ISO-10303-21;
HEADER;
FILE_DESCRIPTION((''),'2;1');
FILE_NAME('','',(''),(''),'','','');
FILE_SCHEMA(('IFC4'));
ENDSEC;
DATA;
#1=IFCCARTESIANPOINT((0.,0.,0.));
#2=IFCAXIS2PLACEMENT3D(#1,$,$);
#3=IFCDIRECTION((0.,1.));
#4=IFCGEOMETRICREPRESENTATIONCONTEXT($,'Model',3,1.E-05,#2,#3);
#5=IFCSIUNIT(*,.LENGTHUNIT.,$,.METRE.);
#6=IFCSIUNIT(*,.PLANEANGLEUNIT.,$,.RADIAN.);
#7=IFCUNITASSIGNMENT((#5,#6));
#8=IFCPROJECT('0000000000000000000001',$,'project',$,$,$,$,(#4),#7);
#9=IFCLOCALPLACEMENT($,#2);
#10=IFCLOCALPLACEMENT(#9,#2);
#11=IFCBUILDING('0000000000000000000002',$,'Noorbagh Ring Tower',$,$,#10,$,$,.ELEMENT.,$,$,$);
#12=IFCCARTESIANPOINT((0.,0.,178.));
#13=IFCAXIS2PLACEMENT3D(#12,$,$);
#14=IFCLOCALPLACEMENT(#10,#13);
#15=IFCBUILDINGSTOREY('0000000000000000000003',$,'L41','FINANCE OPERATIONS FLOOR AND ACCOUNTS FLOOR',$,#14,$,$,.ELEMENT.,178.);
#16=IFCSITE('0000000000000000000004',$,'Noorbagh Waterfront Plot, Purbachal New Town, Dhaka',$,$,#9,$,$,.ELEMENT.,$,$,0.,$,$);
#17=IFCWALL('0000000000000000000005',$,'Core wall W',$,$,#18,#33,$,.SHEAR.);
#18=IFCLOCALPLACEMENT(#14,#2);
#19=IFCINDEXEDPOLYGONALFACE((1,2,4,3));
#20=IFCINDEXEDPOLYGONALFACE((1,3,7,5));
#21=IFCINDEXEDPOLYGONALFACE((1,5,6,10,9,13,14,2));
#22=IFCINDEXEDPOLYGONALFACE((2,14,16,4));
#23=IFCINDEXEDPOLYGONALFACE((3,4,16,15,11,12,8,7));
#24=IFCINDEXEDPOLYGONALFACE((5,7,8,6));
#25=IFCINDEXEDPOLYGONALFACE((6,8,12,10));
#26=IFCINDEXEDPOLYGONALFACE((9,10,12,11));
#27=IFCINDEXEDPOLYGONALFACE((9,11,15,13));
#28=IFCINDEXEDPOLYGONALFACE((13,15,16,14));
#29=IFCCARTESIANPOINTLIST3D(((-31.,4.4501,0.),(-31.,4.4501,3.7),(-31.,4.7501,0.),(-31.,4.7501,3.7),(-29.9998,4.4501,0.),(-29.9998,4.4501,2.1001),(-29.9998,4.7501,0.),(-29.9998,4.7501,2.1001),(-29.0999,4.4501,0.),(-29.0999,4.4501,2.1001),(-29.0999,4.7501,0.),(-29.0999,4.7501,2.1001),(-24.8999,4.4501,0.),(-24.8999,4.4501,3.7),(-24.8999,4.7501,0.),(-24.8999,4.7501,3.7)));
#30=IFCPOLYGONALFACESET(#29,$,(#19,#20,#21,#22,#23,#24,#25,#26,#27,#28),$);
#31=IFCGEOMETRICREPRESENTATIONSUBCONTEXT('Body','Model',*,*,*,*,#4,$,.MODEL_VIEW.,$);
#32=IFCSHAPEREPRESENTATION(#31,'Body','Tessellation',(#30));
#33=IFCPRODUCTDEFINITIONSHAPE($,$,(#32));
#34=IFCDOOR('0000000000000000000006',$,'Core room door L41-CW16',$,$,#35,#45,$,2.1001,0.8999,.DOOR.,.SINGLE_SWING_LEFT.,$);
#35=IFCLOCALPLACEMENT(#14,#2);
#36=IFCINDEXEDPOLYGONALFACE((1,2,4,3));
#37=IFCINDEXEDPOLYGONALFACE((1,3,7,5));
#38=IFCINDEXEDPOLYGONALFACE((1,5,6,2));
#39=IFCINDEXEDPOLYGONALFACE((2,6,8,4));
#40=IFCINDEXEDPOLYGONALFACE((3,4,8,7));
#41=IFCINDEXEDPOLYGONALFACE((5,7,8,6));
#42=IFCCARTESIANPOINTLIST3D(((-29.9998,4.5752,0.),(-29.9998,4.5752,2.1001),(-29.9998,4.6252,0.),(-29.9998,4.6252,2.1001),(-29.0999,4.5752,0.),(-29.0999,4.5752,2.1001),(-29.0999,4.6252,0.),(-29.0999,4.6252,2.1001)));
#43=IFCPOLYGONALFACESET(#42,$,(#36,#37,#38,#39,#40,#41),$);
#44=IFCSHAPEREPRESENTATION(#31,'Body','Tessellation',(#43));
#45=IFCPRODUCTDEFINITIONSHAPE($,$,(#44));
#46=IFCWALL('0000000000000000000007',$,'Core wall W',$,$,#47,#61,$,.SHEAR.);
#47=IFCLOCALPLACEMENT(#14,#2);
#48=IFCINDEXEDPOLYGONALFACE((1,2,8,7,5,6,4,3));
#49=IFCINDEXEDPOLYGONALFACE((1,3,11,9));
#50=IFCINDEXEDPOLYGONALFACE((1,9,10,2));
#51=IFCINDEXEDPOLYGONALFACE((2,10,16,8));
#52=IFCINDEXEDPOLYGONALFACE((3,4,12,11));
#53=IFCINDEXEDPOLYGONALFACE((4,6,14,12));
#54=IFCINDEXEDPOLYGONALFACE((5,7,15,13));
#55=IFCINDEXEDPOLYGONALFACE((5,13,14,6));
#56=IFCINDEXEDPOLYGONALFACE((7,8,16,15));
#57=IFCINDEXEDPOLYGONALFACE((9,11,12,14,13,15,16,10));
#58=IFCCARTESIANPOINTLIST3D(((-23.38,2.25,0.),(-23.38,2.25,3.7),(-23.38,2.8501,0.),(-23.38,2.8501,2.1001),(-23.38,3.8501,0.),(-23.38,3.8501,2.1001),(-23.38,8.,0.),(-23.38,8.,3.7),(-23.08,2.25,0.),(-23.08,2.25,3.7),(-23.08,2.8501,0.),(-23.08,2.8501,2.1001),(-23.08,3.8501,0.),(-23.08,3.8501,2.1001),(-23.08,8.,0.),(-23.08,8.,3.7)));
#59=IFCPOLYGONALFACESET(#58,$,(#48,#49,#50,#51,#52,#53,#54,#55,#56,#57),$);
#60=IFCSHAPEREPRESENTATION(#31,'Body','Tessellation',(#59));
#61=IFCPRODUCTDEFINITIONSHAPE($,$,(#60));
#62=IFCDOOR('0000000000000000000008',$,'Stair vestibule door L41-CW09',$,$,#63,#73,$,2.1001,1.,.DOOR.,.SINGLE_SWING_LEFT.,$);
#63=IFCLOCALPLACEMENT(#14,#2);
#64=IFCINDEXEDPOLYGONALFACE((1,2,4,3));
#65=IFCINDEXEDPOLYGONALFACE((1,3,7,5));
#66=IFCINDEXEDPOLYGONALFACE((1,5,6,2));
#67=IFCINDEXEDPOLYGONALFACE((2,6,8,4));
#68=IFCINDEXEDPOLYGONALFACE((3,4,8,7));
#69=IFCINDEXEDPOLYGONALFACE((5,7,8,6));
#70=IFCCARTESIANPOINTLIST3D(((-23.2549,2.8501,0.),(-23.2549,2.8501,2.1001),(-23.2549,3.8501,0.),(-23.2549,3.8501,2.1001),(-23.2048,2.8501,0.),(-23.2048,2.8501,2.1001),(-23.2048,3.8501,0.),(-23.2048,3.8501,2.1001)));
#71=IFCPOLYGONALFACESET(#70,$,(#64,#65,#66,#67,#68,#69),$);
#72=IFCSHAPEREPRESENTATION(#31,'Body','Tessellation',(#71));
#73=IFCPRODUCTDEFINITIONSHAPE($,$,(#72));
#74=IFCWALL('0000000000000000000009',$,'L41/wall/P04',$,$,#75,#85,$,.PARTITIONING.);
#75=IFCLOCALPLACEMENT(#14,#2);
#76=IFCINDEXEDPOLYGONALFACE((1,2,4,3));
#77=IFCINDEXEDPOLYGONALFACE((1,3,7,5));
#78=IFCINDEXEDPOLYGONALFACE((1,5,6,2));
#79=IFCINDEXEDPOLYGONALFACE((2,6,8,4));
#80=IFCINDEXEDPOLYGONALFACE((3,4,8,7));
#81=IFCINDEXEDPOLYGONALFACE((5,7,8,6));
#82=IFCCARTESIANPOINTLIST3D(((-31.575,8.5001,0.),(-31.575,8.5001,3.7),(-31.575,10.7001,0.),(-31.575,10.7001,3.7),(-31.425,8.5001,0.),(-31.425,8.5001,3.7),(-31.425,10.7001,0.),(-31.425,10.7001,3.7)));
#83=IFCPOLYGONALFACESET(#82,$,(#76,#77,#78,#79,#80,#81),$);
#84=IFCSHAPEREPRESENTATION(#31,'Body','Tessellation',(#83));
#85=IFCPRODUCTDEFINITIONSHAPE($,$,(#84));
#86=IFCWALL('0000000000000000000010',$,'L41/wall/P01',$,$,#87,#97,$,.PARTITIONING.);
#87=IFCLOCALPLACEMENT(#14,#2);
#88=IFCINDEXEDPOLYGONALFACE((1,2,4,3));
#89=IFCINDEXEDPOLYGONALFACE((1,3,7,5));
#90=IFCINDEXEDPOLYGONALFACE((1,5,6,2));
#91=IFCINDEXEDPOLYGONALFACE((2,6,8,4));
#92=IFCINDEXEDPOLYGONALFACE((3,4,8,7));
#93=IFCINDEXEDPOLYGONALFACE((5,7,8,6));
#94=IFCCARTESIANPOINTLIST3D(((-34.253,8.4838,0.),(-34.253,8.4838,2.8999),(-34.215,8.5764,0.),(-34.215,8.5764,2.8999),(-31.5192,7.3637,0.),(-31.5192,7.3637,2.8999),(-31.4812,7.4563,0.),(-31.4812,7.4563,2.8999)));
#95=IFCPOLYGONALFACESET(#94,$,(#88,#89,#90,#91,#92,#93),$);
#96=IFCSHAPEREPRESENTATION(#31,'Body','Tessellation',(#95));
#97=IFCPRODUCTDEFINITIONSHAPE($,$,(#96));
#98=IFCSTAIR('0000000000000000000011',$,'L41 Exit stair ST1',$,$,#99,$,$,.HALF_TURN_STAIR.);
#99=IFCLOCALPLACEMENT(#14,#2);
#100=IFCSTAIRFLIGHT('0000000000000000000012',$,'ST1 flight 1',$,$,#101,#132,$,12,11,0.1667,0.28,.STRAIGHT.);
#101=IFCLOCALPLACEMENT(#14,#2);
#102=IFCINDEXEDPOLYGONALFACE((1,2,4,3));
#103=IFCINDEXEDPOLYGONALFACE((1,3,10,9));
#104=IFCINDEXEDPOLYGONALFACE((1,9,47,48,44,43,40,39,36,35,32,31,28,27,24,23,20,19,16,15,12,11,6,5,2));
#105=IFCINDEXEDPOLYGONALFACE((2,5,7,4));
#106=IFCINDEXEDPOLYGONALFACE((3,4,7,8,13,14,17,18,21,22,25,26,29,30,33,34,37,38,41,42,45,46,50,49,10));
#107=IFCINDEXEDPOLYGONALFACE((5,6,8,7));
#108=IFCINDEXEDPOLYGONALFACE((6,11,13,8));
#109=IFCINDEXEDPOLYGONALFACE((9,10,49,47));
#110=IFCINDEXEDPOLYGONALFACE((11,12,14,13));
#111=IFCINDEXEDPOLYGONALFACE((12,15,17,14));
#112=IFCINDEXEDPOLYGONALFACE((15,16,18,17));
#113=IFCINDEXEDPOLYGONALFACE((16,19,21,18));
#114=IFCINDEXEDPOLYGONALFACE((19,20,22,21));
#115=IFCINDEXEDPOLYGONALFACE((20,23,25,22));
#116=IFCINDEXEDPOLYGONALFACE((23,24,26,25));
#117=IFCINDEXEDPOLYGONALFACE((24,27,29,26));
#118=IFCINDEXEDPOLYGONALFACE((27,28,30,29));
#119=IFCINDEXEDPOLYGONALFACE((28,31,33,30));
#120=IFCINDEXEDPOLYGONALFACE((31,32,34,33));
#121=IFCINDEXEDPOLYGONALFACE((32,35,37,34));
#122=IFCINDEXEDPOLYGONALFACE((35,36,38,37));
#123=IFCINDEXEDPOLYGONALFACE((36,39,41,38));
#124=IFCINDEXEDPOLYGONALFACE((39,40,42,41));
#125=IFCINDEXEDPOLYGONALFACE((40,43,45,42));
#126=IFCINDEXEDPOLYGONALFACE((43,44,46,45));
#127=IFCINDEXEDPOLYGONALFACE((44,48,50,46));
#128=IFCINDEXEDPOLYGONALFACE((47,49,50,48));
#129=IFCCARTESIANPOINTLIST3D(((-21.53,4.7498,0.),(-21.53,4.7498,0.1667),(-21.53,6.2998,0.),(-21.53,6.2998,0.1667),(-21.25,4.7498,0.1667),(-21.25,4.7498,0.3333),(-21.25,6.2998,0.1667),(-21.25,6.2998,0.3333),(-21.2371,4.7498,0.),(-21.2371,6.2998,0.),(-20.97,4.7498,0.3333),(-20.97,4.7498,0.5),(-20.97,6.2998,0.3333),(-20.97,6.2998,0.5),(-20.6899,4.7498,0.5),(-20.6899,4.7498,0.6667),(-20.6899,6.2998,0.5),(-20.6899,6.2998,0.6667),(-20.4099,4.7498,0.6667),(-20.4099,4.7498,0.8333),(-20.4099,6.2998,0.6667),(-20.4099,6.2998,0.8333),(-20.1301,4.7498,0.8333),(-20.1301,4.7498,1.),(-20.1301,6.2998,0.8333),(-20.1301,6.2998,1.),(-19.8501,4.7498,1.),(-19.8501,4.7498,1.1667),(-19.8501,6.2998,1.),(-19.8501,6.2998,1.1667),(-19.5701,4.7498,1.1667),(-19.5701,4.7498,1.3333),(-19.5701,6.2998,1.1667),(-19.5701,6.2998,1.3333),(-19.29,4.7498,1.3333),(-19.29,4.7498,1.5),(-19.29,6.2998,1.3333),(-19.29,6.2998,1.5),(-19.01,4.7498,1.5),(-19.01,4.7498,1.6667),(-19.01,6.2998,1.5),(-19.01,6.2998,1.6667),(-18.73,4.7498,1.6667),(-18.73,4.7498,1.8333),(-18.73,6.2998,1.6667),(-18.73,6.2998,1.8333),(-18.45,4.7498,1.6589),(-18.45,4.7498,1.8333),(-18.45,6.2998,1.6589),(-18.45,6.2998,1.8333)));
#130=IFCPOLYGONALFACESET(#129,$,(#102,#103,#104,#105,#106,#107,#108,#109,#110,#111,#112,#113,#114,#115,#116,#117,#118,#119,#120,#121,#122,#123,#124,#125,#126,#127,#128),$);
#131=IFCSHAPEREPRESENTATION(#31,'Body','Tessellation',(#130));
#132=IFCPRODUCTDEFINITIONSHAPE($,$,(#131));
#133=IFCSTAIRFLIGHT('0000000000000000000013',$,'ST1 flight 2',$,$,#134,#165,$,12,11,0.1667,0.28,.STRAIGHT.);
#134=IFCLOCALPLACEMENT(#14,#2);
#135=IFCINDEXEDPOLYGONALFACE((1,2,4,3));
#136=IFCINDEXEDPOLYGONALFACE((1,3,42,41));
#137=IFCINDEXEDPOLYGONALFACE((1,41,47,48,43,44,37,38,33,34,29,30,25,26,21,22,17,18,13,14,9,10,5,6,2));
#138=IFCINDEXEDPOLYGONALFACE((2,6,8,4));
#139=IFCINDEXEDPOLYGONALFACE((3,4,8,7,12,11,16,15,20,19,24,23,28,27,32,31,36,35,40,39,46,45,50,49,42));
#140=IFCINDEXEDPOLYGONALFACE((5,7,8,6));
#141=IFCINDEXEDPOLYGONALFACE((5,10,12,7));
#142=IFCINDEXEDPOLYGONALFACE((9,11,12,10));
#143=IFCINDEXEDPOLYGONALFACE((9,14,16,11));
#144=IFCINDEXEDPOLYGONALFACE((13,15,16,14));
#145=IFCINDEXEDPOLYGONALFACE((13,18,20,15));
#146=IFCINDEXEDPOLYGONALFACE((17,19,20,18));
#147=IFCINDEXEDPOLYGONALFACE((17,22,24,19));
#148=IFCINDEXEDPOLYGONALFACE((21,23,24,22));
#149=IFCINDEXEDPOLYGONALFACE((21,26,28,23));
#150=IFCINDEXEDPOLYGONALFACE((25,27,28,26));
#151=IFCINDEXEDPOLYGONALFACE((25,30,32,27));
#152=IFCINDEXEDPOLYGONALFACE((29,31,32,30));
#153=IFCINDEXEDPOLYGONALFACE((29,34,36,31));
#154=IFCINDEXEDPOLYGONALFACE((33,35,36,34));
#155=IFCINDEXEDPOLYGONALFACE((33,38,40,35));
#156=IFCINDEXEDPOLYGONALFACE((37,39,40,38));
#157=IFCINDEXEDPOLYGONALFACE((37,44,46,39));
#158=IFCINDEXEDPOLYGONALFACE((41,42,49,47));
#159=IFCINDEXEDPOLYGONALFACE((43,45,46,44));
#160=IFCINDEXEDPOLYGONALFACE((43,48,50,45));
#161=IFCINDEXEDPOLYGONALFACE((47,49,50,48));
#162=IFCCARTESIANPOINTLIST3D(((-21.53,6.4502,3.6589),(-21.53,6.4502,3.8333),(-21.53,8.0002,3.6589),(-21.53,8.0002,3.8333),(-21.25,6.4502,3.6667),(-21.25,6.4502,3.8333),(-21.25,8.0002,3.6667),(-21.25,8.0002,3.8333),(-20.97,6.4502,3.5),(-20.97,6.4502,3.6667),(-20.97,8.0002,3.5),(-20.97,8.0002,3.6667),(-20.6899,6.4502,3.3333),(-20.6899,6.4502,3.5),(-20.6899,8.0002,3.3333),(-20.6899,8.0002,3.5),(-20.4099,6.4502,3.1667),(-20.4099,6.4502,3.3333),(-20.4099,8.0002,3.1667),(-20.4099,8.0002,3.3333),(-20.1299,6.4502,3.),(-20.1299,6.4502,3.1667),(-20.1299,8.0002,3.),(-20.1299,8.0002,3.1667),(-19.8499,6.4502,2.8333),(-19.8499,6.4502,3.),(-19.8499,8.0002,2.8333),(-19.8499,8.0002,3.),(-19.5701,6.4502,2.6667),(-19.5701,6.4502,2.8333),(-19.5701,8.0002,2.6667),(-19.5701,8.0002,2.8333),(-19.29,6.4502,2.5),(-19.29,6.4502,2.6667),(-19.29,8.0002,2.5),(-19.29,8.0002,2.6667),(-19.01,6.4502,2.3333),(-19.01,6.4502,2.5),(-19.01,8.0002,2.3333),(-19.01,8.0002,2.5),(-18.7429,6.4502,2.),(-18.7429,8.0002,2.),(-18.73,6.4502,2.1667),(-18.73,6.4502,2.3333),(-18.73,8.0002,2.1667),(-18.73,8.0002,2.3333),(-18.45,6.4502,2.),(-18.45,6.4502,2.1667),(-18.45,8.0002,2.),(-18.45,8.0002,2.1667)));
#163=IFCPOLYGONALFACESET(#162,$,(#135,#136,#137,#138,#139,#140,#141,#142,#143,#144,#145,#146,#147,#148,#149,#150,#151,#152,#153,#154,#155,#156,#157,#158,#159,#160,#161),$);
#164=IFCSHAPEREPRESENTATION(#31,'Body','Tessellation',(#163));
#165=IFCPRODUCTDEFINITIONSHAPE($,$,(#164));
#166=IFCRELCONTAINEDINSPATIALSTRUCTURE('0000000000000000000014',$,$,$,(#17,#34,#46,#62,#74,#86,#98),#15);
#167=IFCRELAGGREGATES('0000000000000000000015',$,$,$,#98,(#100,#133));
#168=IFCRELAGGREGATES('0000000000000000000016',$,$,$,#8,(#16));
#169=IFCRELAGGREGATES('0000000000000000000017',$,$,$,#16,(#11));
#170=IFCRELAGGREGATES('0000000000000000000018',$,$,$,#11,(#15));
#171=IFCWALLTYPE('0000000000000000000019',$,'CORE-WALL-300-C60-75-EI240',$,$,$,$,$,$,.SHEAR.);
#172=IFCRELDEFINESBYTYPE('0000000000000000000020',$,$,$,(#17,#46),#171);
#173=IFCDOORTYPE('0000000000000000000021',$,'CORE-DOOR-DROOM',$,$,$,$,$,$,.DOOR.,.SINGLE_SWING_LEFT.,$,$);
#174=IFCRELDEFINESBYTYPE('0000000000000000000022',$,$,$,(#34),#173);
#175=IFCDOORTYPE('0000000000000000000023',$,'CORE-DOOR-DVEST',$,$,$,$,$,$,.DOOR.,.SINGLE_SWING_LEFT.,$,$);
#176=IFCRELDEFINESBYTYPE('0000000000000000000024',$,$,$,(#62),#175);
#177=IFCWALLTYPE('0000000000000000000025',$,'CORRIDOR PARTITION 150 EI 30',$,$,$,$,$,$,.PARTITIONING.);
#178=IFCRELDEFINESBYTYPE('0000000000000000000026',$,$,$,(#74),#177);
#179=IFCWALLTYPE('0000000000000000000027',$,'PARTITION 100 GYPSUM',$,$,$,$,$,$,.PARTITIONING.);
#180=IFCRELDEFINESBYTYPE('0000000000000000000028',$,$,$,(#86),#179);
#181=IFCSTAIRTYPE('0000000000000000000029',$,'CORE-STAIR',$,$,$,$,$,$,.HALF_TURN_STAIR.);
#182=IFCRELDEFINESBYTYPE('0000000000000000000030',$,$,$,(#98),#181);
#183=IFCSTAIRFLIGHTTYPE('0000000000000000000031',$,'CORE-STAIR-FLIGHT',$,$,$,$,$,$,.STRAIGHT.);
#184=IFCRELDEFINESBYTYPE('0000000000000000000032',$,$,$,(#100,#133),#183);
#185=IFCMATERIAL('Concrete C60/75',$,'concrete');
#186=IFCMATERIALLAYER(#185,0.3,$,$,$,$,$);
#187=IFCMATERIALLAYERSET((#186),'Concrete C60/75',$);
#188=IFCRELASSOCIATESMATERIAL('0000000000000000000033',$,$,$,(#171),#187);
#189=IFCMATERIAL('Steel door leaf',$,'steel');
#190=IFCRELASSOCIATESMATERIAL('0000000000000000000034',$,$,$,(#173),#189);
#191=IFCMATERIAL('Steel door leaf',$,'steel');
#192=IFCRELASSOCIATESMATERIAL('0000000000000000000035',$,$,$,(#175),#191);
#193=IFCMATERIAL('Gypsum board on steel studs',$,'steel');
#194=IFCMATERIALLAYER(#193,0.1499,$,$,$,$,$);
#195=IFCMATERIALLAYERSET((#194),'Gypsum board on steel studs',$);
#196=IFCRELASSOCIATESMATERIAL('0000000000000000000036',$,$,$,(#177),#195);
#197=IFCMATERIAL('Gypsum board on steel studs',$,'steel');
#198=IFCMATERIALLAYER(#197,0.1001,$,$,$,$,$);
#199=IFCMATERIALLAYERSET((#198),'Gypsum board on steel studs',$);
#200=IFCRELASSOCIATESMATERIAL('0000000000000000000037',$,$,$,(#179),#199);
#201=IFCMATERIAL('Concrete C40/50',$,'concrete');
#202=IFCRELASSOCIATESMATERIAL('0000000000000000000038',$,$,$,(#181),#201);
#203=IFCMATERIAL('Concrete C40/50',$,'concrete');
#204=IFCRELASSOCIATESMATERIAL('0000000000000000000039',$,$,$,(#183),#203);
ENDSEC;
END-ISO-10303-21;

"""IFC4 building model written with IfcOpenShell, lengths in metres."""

from ifc_helpers import new_model, si_unit, direction, frame, frame_2d, origin, place, context, subcontext, project, spatial, polyline, rectangle, outline, extrude, material, layer, layer_set, type_object, element, fill, aggregate, save


model = new_model("IFC4")

# Units and contexts
model_context = context("Model", 3, precision=1e-05, world=origin(), true_north=direction((0.0, 1.0)))
body_context = subcontext(model_context, "Body", "Model", "MODEL_VIEW")
ifc_project = project(units=[si_unit("LENGTHUNIT", "METRE"), si_unit("PLANEANGLEUNIT", "RADIAN")], contexts=[model_context])

# Site, building, storey
site_placement = place(None, origin())
site = spatial("IfcSite", under=ifc_project, at=site_placement, Name="Noorbagh Waterfront Plot, Purbachal New Town, Dhaka", CompositionType="ELEMENT", RefElevation=0.0)
building_placement = place(site_placement, origin())
building = spatial("IfcBuilding", under=site, at=building_placement, Name="Noorbagh Ring Tower", CompositionType="ELEMENT")
storey_placement = place(building_placement, frame((0.0, 0.0, 178.0)))
storey = spatial("IfcBuildingStorey", under=building, at=storey_placement, Name="L41", Description="FINANCE OPERATIONS FLOOR AND ACCOUNTS FLOOR", CompositionType="ELEMENT", Elevation=178.0)

# Walls, openings, doors
ifc_material_1 = material(Name="Concrete C60/75", Category="concrete")
ifc_layer_1 = layer(ifc_material_1, 0.3)
ifc_layer_set_1 = layer_set([ifc_layer_1], Name="Concrete C60/75")
wall_type_1 = type_object("IfcWallType", Name="CORE-WALL-300-C60-75-EI240", PredefinedType="SHEAR", material=ifc_layer_set_1)
wall_1_placement = place(storey_placement, frame((-24.8999, 4.6001, 0.0), z_axis=(0.0, 0.0, 1.0), x_axis=(-1.0, 0.0, 0.0)))
wall_1 = element("IfcWall", 1, at=wall_1_placement, inside=storey, type_object=wall_type_1, Name="Core wall W", PredefinedType="SHEAR", context=body_context, shape_type="SweptSolid", body=[
    extrude(rectangle(XDim=6.1001, YDim=0.3, at=frame_2d((3.05, 0.0))), origin(), (0.0, 0.0, 1.0), 3.7),
])
opening_1_placement = place(wall_1_placement, frame((4.2, 0.0, 0.0)))
opening_1 = element("IfcOpeningElement", 2, at=opening_1_placement, cuts=wall_1, PredefinedType="OPENING", context=body_context, shape_type="SweptSolid", body=[
    extrude(rectangle(XDim=0.8999, YDim=2.1001, at=frame_2d((0.45, 1.05))), frame((0.0, 0.1602, 0.0), z_axis=(0.0, -1.0, 0.0), x_axis=(1.0, 0.0, 0.0)), (0.0, 0.0, 1.0), 0.3201),
])
ifc_material_2 = material(Name="Steel door leaf", Category="steel")
door_type_1 = type_object("IfcDoorType", Name="CORE-DOOR-DROOM", OperationType="SINGLE_SWING_LEFT", PredefinedType="DOOR", material=ifc_material_2)
door_1_placement = place(opening_1_placement, origin())
door_1 = element("IfcDoor", 3, at=door_1_placement, inside=storey, type_object=door_type_1, Name="Core room door L41-CW16", OperationType="SINGLE_SWING_LEFT", OverallHeight=2.1001, OverallWidth=0.8999, PredefinedType="DOOR", context=body_context, shape_type="SweptSolid", body=[
    extrude(rectangle(XDim=0.8999, YDim=2.1001, at=frame_2d((0.45, 1.05))), frame((0.0, 0.0249, 0.0), z_axis=(0.0, -1.0, 0.0), x_axis=(1.0, 0.0, 0.0)), (0.0, 0.0, 1.0), 0.05),
])
fill(opening_1, door_1)
wall_2_placement = place(storey_placement, frame((-23.23, 2.25, 0.0), z_axis=(0.0, 0.0, 1.0), x_axis=(0.0, 1.0, 0.0)))
wall_2 = element("IfcWall", 4, at=wall_2_placement, inside=storey, type_object=wall_type_1, Name="Core wall W", PredefinedType="SHEAR", context=body_context, shape_type="SweptSolid", body=[
    extrude(rectangle(XDim=5.75, YDim=0.3, at=frame_2d((2.875, 0.0))), origin(), (0.0, 0.0, 1.0), 3.7),
])
opening_2_placement = place(wall_2_placement, frame((0.6001, 0.0, 0.0)))
opening_2 = element("IfcOpeningElement", 5, at=opening_2_placement, cuts=wall_2, PredefinedType="OPENING", context=body_context, shape_type="SweptSolid", body=[
    extrude(rectangle(XDim=1.0, YDim=2.1001, at=frame_2d((0.5, 1.05))), frame((0.0, 0.1602, 0.0), z_axis=(0.0, -1.0, 0.0), x_axis=(1.0, 0.0, 0.0)), (0.0, 0.0, 1.0), 0.3201),
])
ifc_material_3 = material(Name="Steel door leaf", Category="steel")
door_type_2 = type_object("IfcDoorType", Name="CORE-DOOR-DVEST", OperationType="SINGLE_SWING_LEFT", PredefinedType="DOOR", material=ifc_material_3)
door_2_placement = place(opening_2_placement, origin())
door_2 = element("IfcDoor", 6, at=door_2_placement, inside=storey, type_object=door_type_2, Name="Stair vestibule door L41-CW09", OperationType="SINGLE_SWING_LEFT", OverallHeight=2.1001, OverallWidth=1.0, PredefinedType="DOOR", context=body_context, shape_type="SweptSolid", body=[
    extrude(rectangle(XDim=1.0, YDim=2.1001, at=frame_2d((0.5, 1.05))), frame((0.0, 0.0249, 0.0), z_axis=(0.0, -1.0, 0.0), x_axis=(1.0, 0.0, 0.0)), (0.0, 0.0, 1.0), 0.05),
])
fill(opening_2, door_2)

# Walls
ifc_material_4 = material(Name="Gypsum board on steel studs", Category="steel")
ifc_layer_2 = layer(ifc_material_4, 0.1499)
ifc_layer_set_2 = layer_set([ifc_layer_2], Name="Gypsum board on steel studs")
wall_type_2 = type_object("IfcWallType", Name="CORRIDOR PARTITION 150 EI 30", PredefinedType="PARTITIONING", material=ifc_layer_set_2)
wall_3_placement = place(storey_placement, frame((-31.5, 8.5, 0.0), z_axis=(0.0, 0.0, 1.0), x_axis=(0.0, 1.0, 0.0)))
element("IfcWall", 7, at=wall_3_placement, inside=storey, type_object=wall_type_2, Name="L41/wall/P04", PredefinedType="PARTITIONING", context=body_context, shape_type="SweptSolid", body=[
    extrude(rectangle(XDim=2.2, YDim=0.1499, at=frame_2d((1.1001, 0.0))), origin(), (0.0, 0.0, 1.0), 3.7),
])
ifc_material_5 = material(Name="Gypsum board on steel studs", Category="steel")
ifc_layer_3 = layer(ifc_material_5, 0.1001)
ifc_layer_set_3 = layer_set([ifc_layer_3], Name="Gypsum board on steel studs")
wall_type_3 = type_object("IfcWallType", Name="PARTITION 100 GYPSUM", PredefinedType="PARTITIONING", material=ifc_layer_set_3)
wall_4_placement = place(storey_placement, frame((-34.2339, 8.53, 0.0), z_axis=(0.0, 0.0, 1.0), x_axis=(0.925344, -0.379128, 0.0)))
element("IfcWall", 8, at=wall_4_placement, inside=storey, type_object=wall_type_3, Name="L41/wall/P01", PredefinedType="PARTITIONING", context=body_context, shape_type="SweptSolid", body=[
    extrude(rectangle(XDim=2.9543, YDim=0.1001, at=frame_2d((1.4771, 0.0))), origin(), (0.0, 0.0, 1.0), 2.8999),
])

# Stair, stair flights
ifc_material_6 = material(Name="Concrete C40/50", Category="concrete")
stair_type = type_object("IfcStairType", Name="CORE-STAIR", PredefinedType="HALF_TURN_STAIR", material=ifc_material_6)
stair_placement = place(storey_placement, origin())
stair = element("IfcStair", 9, at=stair_placement, inside=storey, type_object=stair_type, Name="L41 Exit stair ST1", PredefinedType="HALF_TURN_STAIR")
ifc_material_7 = material(Name="Concrete C40/50", Category="concrete")
stair_flight_type = type_object("IfcStairFlightType", Name="CORE-STAIR-FLIGHT", PredefinedType="STRAIGHT", material=ifc_material_7)
stair_flight_1_placement = place(storey_placement, frame((-21.53, 5.5249, 0.0), z_axis=(0.0, 0.0, 1.0), x_axis=(1.0, 0.0, 0.0)))
stair_flight_1 = element("IfcStairFlight", 10, at=stair_flight_1_placement, type_object=stair_flight_type, Name="ST1 flight 1", NumberOfRisers=12, NumberOfTreads=11, PredefinedType="STRAIGHT", RiserHeight=0.1667, TreadLength=0.28, context=body_context, shape_type="SweptSolid", body=[
    extrude(outline(polyline([(0.0, 0.0), (0.0, 0.1667), (0.28, 0.1667), (0.28, 0.3333), (0.5601, 0.3333), (0.5601, 0.5), (0.8401, 0.5), (0.8401, 0.6667), (1.1201, 0.6667), (1.1201, 0.8333), (1.3999, 0.8333), (1.3999, 1.0), (1.6799, 1.0), (1.6799, 1.1667), (1.96, 1.1667), (1.96, 1.3333), (2.24, 1.3333), (2.24, 1.5), (2.52, 1.5), (2.52, 1.6667), (2.8, 1.6667), (2.8, 1.8333), (3.0801, 1.8333), (3.0801, 2.0), (3.0801, 1.6589), (0.293, 0.0), (0.0, 0.0)])), frame((0.0, 0.7749, 0.0), z_axis=(0.0, -1.0, 0.0), x_axis=(1.0, 0.0, 0.0)), (0.0, 0.0, 1.0), 1.55),
])
stair_flight_2_placement = place(storey_placement, frame((-18.45, 7.2251, 2.0), z_axis=(0.0, 0.0, 1.0), x_axis=(-1.0, 0.0, 0.0)))
stair_flight_2 = element("IfcStairFlight", 11, at=stair_flight_2_placement, type_object=stair_flight_type, Name="ST1 flight 2", NumberOfRisers=12, NumberOfTreads=11, PredefinedType="STRAIGHT", RiserHeight=0.1667, TreadLength=0.28, context=body_context, shape_type="SweptSolid", body=[
    extrude(outline(polyline([(0.0, 0.0), (0.0, 0.1667), (0.28, 0.1667), (0.28, 0.3333), (0.5601, 0.3333), (0.5601, 0.5), (0.8401, 0.5), (0.8401, 0.6667), (1.1201, 0.6667), (1.1201, 0.8333), (1.3999, 0.8333), (1.3999, 1.0), (1.6799, 1.0), (1.6799, 1.1667), (1.96, 1.1667), (1.96, 1.3333), (2.24, 1.3333), (2.24, 1.5), (2.52, 1.5), (2.52, 1.6667), (2.8, 1.6667), (2.8, 1.8333), (3.0801, 1.8333), (3.0801, 2.0), (3.0801, 1.6589), (0.293, 0.0), (0.0, 0.0)])), frame((0.0, 0.7749, 0.0), z_axis=(0.0, -1.0, 0.0), x_axis=(1.0, 0.0, 0.0)), (0.0, 0.0, 1.0), 1.55),
])
aggregate(stair, [stair_flight_1, stair_flight_2])

save(model, "model.ifc")
